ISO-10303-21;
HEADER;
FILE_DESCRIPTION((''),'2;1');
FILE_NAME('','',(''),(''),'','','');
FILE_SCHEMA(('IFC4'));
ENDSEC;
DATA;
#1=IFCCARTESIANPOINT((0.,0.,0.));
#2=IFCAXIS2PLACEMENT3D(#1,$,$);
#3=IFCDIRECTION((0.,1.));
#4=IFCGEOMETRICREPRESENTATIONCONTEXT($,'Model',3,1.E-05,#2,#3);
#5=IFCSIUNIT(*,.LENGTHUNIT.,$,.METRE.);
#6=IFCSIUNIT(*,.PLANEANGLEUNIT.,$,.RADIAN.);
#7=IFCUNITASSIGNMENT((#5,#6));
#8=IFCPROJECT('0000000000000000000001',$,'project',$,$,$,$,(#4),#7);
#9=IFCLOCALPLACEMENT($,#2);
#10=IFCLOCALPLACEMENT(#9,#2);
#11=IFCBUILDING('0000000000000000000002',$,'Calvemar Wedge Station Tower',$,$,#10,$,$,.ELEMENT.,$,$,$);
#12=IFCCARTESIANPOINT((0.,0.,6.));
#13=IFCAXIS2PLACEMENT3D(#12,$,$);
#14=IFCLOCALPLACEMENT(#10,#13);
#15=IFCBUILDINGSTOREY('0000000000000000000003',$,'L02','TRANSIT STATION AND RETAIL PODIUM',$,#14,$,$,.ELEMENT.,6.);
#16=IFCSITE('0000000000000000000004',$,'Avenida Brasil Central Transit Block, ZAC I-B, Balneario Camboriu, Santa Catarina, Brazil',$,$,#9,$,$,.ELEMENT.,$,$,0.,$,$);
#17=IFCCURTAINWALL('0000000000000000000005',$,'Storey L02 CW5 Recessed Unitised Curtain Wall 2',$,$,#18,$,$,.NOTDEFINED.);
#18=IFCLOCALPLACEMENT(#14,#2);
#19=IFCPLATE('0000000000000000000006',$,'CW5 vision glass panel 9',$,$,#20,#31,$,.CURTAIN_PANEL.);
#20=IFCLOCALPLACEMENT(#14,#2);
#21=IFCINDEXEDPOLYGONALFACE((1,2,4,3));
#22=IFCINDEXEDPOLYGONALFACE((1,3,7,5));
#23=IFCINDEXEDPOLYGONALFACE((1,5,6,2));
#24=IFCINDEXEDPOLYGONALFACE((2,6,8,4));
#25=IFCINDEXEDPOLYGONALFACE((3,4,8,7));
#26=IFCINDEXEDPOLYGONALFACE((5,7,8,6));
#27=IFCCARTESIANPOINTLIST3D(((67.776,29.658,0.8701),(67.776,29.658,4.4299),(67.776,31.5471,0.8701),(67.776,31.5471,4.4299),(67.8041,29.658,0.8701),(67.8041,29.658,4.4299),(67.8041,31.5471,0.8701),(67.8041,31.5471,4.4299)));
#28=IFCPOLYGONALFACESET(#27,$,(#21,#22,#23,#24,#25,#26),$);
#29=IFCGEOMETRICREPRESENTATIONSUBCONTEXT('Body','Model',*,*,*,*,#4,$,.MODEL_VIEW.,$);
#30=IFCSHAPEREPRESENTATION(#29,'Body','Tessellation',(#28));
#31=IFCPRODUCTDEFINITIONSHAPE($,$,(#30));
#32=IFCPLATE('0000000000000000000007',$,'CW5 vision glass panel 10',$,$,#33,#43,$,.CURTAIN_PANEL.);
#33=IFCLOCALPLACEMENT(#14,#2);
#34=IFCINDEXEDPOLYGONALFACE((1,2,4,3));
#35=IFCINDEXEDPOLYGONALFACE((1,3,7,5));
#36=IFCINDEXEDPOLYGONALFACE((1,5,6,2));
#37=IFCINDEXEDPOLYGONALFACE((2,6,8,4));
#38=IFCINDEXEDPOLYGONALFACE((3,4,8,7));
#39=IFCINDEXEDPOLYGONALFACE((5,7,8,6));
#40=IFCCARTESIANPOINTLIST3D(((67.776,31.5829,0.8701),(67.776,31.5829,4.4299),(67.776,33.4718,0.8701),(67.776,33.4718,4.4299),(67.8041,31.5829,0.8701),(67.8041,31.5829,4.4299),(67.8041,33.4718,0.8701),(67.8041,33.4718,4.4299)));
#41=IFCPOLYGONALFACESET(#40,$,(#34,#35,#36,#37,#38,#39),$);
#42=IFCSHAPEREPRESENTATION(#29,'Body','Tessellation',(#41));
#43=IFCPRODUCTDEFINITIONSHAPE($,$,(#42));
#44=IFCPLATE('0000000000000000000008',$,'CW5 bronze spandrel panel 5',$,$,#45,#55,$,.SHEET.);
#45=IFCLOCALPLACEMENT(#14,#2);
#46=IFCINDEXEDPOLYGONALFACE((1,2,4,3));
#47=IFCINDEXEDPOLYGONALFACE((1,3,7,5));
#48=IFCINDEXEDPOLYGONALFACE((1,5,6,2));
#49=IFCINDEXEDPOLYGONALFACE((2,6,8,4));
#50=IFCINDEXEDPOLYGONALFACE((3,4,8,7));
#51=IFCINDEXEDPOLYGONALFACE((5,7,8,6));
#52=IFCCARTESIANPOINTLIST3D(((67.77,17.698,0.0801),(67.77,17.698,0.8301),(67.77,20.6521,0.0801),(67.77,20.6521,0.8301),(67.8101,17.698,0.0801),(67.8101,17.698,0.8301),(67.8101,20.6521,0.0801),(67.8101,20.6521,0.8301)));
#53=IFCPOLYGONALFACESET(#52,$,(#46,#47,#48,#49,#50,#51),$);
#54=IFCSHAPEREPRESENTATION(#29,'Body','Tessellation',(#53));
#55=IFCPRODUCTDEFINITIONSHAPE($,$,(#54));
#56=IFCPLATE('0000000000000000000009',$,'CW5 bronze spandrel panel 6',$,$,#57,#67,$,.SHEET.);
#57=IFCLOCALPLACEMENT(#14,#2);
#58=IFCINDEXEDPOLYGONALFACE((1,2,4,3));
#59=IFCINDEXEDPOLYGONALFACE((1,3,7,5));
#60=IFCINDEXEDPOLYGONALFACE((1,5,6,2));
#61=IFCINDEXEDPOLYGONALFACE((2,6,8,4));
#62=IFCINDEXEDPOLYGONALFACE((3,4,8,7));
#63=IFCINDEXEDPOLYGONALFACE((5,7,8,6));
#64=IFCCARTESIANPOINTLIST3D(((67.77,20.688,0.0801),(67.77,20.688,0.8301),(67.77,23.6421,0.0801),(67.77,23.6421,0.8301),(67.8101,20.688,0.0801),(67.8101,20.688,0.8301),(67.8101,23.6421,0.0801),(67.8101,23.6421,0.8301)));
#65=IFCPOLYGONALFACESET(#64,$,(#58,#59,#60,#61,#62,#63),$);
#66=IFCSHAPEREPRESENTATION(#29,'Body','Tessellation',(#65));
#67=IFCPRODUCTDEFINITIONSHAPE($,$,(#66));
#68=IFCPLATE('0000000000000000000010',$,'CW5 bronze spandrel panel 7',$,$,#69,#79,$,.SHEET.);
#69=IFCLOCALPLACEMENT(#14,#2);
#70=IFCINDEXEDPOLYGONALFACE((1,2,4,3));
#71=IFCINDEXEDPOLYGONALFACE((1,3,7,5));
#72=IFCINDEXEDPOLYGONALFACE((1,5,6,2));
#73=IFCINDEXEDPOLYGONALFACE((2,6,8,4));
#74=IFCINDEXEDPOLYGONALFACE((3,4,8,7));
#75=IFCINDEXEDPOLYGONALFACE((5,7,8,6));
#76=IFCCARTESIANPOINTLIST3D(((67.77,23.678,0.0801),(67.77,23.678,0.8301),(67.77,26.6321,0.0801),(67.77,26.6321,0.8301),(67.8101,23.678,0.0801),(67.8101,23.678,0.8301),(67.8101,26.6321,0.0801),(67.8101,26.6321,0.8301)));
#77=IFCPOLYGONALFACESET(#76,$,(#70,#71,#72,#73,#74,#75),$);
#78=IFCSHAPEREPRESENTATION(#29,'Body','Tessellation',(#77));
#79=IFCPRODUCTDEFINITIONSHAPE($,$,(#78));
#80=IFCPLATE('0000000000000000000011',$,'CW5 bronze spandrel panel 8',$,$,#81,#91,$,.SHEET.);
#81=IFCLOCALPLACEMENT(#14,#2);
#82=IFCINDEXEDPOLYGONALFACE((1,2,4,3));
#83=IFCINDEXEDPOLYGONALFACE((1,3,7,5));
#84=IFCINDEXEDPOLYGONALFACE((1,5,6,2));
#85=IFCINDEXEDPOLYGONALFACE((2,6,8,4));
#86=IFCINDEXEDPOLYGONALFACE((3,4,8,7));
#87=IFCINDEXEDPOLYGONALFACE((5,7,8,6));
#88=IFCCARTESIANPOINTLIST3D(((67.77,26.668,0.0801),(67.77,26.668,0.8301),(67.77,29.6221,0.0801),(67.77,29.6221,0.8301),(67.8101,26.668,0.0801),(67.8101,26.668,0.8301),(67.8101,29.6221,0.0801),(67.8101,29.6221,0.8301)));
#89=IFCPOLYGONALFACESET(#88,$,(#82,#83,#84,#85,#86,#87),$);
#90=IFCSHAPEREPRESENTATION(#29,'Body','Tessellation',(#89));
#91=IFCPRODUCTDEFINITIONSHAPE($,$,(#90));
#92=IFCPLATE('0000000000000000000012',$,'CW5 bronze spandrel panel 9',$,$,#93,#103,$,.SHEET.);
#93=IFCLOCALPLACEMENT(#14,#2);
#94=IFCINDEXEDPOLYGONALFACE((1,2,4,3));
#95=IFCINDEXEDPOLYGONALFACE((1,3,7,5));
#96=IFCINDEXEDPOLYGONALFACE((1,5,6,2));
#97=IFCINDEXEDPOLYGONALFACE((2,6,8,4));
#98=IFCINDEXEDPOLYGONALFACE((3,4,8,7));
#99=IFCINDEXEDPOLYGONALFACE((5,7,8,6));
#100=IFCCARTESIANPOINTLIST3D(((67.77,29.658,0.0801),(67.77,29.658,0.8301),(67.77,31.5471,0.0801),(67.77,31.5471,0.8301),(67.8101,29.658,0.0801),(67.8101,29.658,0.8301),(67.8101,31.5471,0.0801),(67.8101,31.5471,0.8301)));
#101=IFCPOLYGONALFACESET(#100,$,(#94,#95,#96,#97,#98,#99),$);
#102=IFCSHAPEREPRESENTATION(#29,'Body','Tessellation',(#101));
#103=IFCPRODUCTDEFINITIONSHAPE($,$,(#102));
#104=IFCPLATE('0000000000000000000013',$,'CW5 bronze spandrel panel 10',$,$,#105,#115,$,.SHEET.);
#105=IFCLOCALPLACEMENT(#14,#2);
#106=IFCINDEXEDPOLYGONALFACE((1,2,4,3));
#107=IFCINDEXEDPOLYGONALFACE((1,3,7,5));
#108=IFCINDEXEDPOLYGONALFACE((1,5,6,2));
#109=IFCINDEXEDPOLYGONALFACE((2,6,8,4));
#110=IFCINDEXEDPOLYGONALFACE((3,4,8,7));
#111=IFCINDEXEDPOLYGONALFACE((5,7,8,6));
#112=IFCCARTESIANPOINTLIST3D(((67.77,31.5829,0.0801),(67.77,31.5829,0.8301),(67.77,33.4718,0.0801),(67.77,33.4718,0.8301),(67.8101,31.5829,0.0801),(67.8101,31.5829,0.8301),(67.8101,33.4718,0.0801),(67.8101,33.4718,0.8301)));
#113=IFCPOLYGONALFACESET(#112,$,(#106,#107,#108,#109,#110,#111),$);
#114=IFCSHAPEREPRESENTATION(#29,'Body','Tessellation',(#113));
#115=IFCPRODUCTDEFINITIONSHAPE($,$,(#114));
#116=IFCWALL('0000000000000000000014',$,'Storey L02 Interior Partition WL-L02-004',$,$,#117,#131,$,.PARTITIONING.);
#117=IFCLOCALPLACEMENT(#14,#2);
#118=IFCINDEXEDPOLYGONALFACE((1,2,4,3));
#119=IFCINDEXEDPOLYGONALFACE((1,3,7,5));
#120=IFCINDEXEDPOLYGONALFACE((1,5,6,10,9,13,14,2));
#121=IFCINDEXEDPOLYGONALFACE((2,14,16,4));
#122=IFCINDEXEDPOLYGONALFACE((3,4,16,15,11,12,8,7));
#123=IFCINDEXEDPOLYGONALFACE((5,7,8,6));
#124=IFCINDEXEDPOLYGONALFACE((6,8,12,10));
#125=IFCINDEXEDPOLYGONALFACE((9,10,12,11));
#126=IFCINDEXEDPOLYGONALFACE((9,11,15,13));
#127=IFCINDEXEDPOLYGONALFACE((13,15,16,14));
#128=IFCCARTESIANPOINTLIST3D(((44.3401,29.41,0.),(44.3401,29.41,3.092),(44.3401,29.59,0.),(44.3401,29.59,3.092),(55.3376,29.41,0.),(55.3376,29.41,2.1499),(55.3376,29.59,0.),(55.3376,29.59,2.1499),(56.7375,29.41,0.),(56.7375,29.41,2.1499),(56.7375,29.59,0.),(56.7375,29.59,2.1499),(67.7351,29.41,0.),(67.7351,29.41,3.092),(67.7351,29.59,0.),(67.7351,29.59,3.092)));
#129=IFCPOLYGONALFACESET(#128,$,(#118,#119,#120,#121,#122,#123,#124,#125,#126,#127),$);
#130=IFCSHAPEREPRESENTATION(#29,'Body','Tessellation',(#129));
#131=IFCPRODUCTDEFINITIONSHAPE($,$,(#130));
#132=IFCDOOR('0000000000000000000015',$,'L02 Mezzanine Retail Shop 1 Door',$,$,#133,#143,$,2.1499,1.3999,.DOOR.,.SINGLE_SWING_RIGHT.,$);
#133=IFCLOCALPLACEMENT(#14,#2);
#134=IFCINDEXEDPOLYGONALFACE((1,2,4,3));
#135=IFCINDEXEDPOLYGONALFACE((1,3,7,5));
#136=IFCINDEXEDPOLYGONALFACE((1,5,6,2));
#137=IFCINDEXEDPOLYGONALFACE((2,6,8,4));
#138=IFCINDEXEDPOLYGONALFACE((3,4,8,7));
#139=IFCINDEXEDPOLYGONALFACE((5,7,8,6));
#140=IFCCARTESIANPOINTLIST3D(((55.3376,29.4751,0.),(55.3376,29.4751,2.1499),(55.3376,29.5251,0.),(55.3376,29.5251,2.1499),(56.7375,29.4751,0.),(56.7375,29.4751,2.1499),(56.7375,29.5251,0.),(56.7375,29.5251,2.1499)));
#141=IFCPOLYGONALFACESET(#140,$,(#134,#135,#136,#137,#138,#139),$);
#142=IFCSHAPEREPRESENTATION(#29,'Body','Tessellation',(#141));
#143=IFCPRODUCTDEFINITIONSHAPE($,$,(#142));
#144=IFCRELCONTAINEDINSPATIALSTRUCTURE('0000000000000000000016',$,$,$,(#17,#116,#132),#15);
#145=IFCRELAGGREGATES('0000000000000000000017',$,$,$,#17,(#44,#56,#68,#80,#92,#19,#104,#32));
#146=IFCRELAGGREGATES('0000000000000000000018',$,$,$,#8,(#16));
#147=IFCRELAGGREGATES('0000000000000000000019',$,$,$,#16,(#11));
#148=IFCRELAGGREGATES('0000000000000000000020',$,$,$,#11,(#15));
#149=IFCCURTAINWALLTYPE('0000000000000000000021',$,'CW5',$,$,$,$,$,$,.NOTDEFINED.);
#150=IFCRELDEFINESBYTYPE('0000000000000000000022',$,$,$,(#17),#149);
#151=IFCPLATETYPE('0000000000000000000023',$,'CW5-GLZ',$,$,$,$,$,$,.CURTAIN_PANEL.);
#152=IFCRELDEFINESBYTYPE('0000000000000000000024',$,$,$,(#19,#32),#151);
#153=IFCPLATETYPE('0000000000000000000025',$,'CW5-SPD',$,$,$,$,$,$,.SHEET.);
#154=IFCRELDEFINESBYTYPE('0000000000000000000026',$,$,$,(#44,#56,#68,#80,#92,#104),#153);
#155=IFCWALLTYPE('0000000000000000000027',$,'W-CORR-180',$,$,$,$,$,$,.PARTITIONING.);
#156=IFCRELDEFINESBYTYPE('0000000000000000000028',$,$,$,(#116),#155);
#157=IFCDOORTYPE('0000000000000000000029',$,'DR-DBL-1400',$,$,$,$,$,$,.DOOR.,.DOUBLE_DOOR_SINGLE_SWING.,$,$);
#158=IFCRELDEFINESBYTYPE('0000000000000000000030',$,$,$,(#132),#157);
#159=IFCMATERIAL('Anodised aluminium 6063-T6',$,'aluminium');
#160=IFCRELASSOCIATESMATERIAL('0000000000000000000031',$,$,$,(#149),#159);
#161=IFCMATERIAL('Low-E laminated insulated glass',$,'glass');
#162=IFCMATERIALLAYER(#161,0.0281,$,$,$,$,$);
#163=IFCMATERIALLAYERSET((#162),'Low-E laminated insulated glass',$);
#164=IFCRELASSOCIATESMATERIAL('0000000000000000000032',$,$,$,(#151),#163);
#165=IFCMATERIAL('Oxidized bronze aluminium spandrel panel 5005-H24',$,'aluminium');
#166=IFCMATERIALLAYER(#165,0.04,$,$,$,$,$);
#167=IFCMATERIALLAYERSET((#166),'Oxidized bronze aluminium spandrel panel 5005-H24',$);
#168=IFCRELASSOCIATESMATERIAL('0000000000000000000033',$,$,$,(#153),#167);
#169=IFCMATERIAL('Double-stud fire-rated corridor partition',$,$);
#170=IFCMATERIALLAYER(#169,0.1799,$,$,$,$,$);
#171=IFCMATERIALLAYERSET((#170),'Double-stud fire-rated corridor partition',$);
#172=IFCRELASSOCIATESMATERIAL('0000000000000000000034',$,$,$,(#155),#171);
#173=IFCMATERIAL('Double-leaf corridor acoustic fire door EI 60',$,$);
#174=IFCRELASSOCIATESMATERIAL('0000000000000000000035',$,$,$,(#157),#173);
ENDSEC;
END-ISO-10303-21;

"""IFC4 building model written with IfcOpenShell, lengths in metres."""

from ifc_helpers import new_model, si_unit, direction, frame, frame_2d, origin, place, context, subcontext, project, spatial, rectangle, extrude, source, transform, mapped, material, layer, layer_set, type_object, element, fill, aggregate, save


model = new_model("IFC4")

# Units and contexts
model_context = context("Model", 3, precision=1e-05, world=origin(), true_north=direction((0.0, 1.0)))
body_context = subcontext(model_context, "Body", "Model", "MODEL_VIEW")
ifc_project = project(units=[si_unit("LENGTHUNIT", "METRE"), si_unit("PLANEANGLEUNIT", "RADIAN")], contexts=[model_context])

# Site, building, storey
site_placement = place(None, origin())
site = spatial("IfcSite", under=ifc_project, at=site_placement, Name="Avenida Brasil Central Transit Block, ZAC I-B, Balneario Camboriu, Santa Catarina, Brazil", CompositionType="ELEMENT", RefElevation=0.0)
building_placement = place(site_placement, origin())
building = spatial("IfcBuilding", under=site, at=building_placement, Name="Calvemar Wedge Station Tower", CompositionType="ELEMENT")
storey_placement = place(building_placement, frame((0.0, 0.0, 6.0)))
storey = spatial("IfcBuildingStorey", under=building, at=storey_placement, Name="L02", Description="TRANSIT STATION AND RETAIL PODIUM", CompositionType="ELEMENT", Elevation=6.0)

# Curtain wall, plates
ifc_material_1 = material(Name="Anodised aluminium 6063-T6", Category="aluminium")
curtain_wall_type = type_object("IfcCurtainWallType", Name="CW5", PredefinedType="NOTDEFINED", material=ifc_material_1)
curtain_wall_placement = place(storey_placement, origin())
curtain_wall = element("IfcCurtainWall", 1, at=curtain_wall_placement, inside=storey, type_object=curtain_wall_type, Name="Storey L02 CW5 Recessed Unitised Curtain Wall 2", PredefinedType="NOTDEFINED")
ifc_material_2 = material(Name="Low-E laminated insulated glass", Category="glass")
ifc_layer_1 = layer(ifc_material_2, 0.0281)
ifc_layer_set_1 = layer_set([ifc_layer_1], Name="Low-E laminated insulated glass")
plate_type_1 = type_object("IfcPlateType", Name="CW5-GLZ", PredefinedType="CURTAIN_PANEL", material=ifc_layer_set_1)
plate_1_placement = place(storey_placement, frame((67.79, 29.658, 0.8701), z_axis=(0.0, 0.0, 1.0), x_axis=(0.0, 1.0, 0.0)))
plate_1 = element("IfcPlate", 2, at=plate_1_placement, type_object=plate_type_1, Name="CW5 vision glass panel 9", PredefinedType="CURTAIN_PANEL", context=body_context, shape_type="SweptSolid", body=[
    extrude(rectangle(XDim=1.8892, YDim=0.0281, at=frame_2d((0.9446, 0.0))), origin(), (0.0, 0.0, 1.0), 3.5598),
])
plate_2_placement = place(storey_placement, frame((67.79, 31.583, 0.8701), z_axis=(0.0, 0.0, 1.0), x_axis=(0.0, 1.0, 0.0)))
plate_2 = element("IfcPlate", 3, at=plate_2_placement, type_object=plate_type_1, Name="CW5 vision glass panel 10", PredefinedType="CURTAIN_PANEL", context=body_context, shape_type="SweptSolid", body=[
    extrude(rectangle(XDim=1.8889, YDim=0.0281, at=frame_2d((0.9443, 0.0))), origin(), (0.0, 0.0, 1.0), 3.5598),
])
ifc_material_3 = material(Name="Oxidized bronze aluminium spandrel panel 5005-H24", Category="aluminium")
ifc_layer_2 = layer(ifc_material_3, 0.04)
ifc_layer_set_2 = layer_set([ifc_layer_2], Name="Oxidized bronze aluminium spandrel panel 5005-H24")
plate_type_2 = type_object("IfcPlateType", Name="CW5-SPD", PredefinedType="SHEET", material=ifc_layer_set_2)
plate_3_placement = place(storey_placement, frame((67.79, 17.698, 0.0801), z_axis=(0.0, 0.0, 1.0), x_axis=(0.0, 1.0, 0.0)))
plate_3 = element("IfcPlate", 4, at=plate_3_placement, type_object=plate_type_2, Name="CW5 bronze spandrel panel 5", PredefinedType="SHEET", context=body_context, shape_type="SweptSolid", body=[
    extrude(rectangle(XDim=2.9541, YDim=0.04, at=frame_2d((1.4771, 0.0))), origin(), (0.0, 0.0, 1.0), 0.75),
])
plate_4_placement = place(storey_placement, frame((67.79, 20.688, 0.0801), z_axis=(0.0, 0.0, 1.0), x_axis=(0.0, 1.0, 0.0)))
plate_4 = element("IfcPlate", 5, at=plate_4_placement, type_object=plate_type_2, Name="CW5 bronze spandrel panel 6", PredefinedType="SHEET", context=body_context, shape_type="SweptSolid", body=[
    extrude(rectangle(XDim=2.9541, YDim=0.04, at=frame_2d((1.4771, 0.0))), origin(), (0.0, 0.0, 1.0), 0.75),
])
plate_5_placement = place(storey_placement, frame((67.79, 23.678, 0.0801), z_axis=(0.0, 0.0, 1.0), x_axis=(0.0, 1.0, 0.0)))
plate_5 = element("IfcPlate", 6, at=plate_5_placement, type_object=plate_type_2, Name="CW5 bronze spandrel panel 7", PredefinedType="SHEET", context=body_context, shape_type="SweptSolid", body=[
    extrude(rectangle(XDim=2.9541, YDim=0.04, at=frame_2d((1.4771, 0.0))), origin(), (0.0, 0.0, 1.0), 0.75),
])
plate_6_placement = place(storey_placement, frame((67.79, 26.668, 0.0801), z_axis=(0.0, 0.0, 1.0), x_axis=(0.0, 1.0, 0.0)))
plate_6 = element("IfcPlate", 7, at=plate_6_placement, type_object=plate_type_2, Name="CW5 bronze spandrel panel 8", PredefinedType="SHEET", context=body_context, shape_type="SweptSolid", body=[
    extrude(rectangle(XDim=2.9541, YDim=0.04, at=frame_2d((1.4771, 0.0))), origin(), (0.0, 0.0, 1.0), 0.75),
])
plate_7_placement = place(storey_placement, frame((67.79, 29.658, 0.0801), z_axis=(0.0, 0.0, 1.0), x_axis=(0.0, 1.0, 0.0)))
plate_7 = element("IfcPlate", 8, at=plate_7_placement, type_object=plate_type_2, Name="CW5 bronze spandrel panel 9", PredefinedType="SHEET", context=body_context, shape_type="SweptSolid", body=[
    extrude(rectangle(XDim=1.8892, YDim=0.04, at=frame_2d((0.9446, 0.0))), origin(), (0.0, 0.0, 1.0), 0.75),
])
plate_8_placement = place(storey_placement, frame((67.79, 31.583, 0.0801), z_axis=(0.0, 0.0, 1.0), x_axis=(0.0, 1.0, 0.0)))
plate_8 = element("IfcPlate", 9, at=plate_8_placement, type_object=plate_type_2, Name="CW5 bronze spandrel panel 10", PredefinedType="SHEET", context=body_context, shape_type="SweptSolid", body=[
    extrude(rectangle(XDim=1.8889, YDim=0.04, at=frame_2d((0.9443, 0.0))), origin(), (0.0, 0.0, 1.0), 0.75),
])
aggregate(curtain_wall, [plate_3, plate_4, plate_5, plate_6, plate_7, plate_1, plate_8, plate_2])

# Wall, opening, door
ifc_material_4 = material(Name="Double-stud fire-rated corridor partition")
ifc_layer_3 = layer(ifc_material_4, 0.1799)
ifc_layer_set_3 = layer_set([ifc_layer_3], Name="Double-stud fire-rated corridor partition")
wall_type = type_object("IfcWallType", Name="W-CORR-180", PredefinedType="PARTITIONING", material=ifc_layer_set_3)
wall_placement = place(storey_placement, frame((67.7351, 29.5, 0.0), z_axis=(0.0, 0.0, 1.0), x_axis=(-1.0, 0.0, 0.0)))
wall = element("IfcWall", 10, at=wall_placement, inside=storey, type_object=wall_type, Name="Storey L02 Interior Partition WL-L02-004", PredefinedType="PARTITIONING", context=body_context, shape_type="SweptSolid", body=[
    extrude(rectangle(XDim=23.395, YDim=0.1799, at=frame_2d((11.6975, 0.0))), origin(), (0.0, 0.0, 1.0), 3.092),
])
shared_shape_1 = source(origin(), body_context, "Body", "SweptSolid", [
    extrude(rectangle(XDim=1.3999, YDim=2.1499, at=frame_2d((0.7, 1.075))), frame((0.0, 0.1001, 0.0), z_axis=(0.0, -1.0, 0.0), x_axis=(1.0, 0.0, 0.0)), (0.0, 0.0, 1.0), 0.2),
])
opening_placement = place(wall_placement, frame((10.9976, 0.0, 0.0)))
opening = element("IfcOpeningElement", 11, at=opening_placement, cuts=wall, PredefinedType="OPENING", context=body_context, shape_type="MappedRepresentation", body=[
    mapped(shared_shape_1, transform((0.0, 0.0, 0.0), scale=1.0)),
])
ifc_material_5 = material(Name="Double-leaf corridor acoustic fire door EI 60")
door_type = type_object("IfcDoorType", Name="DR-DBL-1400", OperationType="DOUBLE_DOOR_SINGLE_SWING", PredefinedType="DOOR", material=ifc_material_5)
shared_shape_2 = source(origin(), body_context, "Body", "SweptSolid", [
    extrude(rectangle(XDim=1.3999, YDim=2.1499, at=frame_2d((0.7, 1.075))), frame((0.0, 0.0249, 0.0), z_axis=(0.0, -1.0, 0.0), x_axis=(1.0, 0.0, 0.0)), (0.0, 0.0, 1.0), 0.05),
])
door_placement = place(opening_placement, origin())
door = element("IfcDoor", 12, at=door_placement, inside=storey, type_object=door_type, Name="L02 Mezzanine Retail Shop 1 Door", OperationType="SINGLE_SWING_RIGHT", OverallHeight=2.1499, OverallWidth=1.3999, PredefinedType="DOOR", context=body_context, shape_type="MappedRepresentation", body=[
    mapped(shared_shape_2, transform((0.0, 0.0, 0.0), scale=1.0)),
])
fill(opening, door)

save(model, "model.ifc")
